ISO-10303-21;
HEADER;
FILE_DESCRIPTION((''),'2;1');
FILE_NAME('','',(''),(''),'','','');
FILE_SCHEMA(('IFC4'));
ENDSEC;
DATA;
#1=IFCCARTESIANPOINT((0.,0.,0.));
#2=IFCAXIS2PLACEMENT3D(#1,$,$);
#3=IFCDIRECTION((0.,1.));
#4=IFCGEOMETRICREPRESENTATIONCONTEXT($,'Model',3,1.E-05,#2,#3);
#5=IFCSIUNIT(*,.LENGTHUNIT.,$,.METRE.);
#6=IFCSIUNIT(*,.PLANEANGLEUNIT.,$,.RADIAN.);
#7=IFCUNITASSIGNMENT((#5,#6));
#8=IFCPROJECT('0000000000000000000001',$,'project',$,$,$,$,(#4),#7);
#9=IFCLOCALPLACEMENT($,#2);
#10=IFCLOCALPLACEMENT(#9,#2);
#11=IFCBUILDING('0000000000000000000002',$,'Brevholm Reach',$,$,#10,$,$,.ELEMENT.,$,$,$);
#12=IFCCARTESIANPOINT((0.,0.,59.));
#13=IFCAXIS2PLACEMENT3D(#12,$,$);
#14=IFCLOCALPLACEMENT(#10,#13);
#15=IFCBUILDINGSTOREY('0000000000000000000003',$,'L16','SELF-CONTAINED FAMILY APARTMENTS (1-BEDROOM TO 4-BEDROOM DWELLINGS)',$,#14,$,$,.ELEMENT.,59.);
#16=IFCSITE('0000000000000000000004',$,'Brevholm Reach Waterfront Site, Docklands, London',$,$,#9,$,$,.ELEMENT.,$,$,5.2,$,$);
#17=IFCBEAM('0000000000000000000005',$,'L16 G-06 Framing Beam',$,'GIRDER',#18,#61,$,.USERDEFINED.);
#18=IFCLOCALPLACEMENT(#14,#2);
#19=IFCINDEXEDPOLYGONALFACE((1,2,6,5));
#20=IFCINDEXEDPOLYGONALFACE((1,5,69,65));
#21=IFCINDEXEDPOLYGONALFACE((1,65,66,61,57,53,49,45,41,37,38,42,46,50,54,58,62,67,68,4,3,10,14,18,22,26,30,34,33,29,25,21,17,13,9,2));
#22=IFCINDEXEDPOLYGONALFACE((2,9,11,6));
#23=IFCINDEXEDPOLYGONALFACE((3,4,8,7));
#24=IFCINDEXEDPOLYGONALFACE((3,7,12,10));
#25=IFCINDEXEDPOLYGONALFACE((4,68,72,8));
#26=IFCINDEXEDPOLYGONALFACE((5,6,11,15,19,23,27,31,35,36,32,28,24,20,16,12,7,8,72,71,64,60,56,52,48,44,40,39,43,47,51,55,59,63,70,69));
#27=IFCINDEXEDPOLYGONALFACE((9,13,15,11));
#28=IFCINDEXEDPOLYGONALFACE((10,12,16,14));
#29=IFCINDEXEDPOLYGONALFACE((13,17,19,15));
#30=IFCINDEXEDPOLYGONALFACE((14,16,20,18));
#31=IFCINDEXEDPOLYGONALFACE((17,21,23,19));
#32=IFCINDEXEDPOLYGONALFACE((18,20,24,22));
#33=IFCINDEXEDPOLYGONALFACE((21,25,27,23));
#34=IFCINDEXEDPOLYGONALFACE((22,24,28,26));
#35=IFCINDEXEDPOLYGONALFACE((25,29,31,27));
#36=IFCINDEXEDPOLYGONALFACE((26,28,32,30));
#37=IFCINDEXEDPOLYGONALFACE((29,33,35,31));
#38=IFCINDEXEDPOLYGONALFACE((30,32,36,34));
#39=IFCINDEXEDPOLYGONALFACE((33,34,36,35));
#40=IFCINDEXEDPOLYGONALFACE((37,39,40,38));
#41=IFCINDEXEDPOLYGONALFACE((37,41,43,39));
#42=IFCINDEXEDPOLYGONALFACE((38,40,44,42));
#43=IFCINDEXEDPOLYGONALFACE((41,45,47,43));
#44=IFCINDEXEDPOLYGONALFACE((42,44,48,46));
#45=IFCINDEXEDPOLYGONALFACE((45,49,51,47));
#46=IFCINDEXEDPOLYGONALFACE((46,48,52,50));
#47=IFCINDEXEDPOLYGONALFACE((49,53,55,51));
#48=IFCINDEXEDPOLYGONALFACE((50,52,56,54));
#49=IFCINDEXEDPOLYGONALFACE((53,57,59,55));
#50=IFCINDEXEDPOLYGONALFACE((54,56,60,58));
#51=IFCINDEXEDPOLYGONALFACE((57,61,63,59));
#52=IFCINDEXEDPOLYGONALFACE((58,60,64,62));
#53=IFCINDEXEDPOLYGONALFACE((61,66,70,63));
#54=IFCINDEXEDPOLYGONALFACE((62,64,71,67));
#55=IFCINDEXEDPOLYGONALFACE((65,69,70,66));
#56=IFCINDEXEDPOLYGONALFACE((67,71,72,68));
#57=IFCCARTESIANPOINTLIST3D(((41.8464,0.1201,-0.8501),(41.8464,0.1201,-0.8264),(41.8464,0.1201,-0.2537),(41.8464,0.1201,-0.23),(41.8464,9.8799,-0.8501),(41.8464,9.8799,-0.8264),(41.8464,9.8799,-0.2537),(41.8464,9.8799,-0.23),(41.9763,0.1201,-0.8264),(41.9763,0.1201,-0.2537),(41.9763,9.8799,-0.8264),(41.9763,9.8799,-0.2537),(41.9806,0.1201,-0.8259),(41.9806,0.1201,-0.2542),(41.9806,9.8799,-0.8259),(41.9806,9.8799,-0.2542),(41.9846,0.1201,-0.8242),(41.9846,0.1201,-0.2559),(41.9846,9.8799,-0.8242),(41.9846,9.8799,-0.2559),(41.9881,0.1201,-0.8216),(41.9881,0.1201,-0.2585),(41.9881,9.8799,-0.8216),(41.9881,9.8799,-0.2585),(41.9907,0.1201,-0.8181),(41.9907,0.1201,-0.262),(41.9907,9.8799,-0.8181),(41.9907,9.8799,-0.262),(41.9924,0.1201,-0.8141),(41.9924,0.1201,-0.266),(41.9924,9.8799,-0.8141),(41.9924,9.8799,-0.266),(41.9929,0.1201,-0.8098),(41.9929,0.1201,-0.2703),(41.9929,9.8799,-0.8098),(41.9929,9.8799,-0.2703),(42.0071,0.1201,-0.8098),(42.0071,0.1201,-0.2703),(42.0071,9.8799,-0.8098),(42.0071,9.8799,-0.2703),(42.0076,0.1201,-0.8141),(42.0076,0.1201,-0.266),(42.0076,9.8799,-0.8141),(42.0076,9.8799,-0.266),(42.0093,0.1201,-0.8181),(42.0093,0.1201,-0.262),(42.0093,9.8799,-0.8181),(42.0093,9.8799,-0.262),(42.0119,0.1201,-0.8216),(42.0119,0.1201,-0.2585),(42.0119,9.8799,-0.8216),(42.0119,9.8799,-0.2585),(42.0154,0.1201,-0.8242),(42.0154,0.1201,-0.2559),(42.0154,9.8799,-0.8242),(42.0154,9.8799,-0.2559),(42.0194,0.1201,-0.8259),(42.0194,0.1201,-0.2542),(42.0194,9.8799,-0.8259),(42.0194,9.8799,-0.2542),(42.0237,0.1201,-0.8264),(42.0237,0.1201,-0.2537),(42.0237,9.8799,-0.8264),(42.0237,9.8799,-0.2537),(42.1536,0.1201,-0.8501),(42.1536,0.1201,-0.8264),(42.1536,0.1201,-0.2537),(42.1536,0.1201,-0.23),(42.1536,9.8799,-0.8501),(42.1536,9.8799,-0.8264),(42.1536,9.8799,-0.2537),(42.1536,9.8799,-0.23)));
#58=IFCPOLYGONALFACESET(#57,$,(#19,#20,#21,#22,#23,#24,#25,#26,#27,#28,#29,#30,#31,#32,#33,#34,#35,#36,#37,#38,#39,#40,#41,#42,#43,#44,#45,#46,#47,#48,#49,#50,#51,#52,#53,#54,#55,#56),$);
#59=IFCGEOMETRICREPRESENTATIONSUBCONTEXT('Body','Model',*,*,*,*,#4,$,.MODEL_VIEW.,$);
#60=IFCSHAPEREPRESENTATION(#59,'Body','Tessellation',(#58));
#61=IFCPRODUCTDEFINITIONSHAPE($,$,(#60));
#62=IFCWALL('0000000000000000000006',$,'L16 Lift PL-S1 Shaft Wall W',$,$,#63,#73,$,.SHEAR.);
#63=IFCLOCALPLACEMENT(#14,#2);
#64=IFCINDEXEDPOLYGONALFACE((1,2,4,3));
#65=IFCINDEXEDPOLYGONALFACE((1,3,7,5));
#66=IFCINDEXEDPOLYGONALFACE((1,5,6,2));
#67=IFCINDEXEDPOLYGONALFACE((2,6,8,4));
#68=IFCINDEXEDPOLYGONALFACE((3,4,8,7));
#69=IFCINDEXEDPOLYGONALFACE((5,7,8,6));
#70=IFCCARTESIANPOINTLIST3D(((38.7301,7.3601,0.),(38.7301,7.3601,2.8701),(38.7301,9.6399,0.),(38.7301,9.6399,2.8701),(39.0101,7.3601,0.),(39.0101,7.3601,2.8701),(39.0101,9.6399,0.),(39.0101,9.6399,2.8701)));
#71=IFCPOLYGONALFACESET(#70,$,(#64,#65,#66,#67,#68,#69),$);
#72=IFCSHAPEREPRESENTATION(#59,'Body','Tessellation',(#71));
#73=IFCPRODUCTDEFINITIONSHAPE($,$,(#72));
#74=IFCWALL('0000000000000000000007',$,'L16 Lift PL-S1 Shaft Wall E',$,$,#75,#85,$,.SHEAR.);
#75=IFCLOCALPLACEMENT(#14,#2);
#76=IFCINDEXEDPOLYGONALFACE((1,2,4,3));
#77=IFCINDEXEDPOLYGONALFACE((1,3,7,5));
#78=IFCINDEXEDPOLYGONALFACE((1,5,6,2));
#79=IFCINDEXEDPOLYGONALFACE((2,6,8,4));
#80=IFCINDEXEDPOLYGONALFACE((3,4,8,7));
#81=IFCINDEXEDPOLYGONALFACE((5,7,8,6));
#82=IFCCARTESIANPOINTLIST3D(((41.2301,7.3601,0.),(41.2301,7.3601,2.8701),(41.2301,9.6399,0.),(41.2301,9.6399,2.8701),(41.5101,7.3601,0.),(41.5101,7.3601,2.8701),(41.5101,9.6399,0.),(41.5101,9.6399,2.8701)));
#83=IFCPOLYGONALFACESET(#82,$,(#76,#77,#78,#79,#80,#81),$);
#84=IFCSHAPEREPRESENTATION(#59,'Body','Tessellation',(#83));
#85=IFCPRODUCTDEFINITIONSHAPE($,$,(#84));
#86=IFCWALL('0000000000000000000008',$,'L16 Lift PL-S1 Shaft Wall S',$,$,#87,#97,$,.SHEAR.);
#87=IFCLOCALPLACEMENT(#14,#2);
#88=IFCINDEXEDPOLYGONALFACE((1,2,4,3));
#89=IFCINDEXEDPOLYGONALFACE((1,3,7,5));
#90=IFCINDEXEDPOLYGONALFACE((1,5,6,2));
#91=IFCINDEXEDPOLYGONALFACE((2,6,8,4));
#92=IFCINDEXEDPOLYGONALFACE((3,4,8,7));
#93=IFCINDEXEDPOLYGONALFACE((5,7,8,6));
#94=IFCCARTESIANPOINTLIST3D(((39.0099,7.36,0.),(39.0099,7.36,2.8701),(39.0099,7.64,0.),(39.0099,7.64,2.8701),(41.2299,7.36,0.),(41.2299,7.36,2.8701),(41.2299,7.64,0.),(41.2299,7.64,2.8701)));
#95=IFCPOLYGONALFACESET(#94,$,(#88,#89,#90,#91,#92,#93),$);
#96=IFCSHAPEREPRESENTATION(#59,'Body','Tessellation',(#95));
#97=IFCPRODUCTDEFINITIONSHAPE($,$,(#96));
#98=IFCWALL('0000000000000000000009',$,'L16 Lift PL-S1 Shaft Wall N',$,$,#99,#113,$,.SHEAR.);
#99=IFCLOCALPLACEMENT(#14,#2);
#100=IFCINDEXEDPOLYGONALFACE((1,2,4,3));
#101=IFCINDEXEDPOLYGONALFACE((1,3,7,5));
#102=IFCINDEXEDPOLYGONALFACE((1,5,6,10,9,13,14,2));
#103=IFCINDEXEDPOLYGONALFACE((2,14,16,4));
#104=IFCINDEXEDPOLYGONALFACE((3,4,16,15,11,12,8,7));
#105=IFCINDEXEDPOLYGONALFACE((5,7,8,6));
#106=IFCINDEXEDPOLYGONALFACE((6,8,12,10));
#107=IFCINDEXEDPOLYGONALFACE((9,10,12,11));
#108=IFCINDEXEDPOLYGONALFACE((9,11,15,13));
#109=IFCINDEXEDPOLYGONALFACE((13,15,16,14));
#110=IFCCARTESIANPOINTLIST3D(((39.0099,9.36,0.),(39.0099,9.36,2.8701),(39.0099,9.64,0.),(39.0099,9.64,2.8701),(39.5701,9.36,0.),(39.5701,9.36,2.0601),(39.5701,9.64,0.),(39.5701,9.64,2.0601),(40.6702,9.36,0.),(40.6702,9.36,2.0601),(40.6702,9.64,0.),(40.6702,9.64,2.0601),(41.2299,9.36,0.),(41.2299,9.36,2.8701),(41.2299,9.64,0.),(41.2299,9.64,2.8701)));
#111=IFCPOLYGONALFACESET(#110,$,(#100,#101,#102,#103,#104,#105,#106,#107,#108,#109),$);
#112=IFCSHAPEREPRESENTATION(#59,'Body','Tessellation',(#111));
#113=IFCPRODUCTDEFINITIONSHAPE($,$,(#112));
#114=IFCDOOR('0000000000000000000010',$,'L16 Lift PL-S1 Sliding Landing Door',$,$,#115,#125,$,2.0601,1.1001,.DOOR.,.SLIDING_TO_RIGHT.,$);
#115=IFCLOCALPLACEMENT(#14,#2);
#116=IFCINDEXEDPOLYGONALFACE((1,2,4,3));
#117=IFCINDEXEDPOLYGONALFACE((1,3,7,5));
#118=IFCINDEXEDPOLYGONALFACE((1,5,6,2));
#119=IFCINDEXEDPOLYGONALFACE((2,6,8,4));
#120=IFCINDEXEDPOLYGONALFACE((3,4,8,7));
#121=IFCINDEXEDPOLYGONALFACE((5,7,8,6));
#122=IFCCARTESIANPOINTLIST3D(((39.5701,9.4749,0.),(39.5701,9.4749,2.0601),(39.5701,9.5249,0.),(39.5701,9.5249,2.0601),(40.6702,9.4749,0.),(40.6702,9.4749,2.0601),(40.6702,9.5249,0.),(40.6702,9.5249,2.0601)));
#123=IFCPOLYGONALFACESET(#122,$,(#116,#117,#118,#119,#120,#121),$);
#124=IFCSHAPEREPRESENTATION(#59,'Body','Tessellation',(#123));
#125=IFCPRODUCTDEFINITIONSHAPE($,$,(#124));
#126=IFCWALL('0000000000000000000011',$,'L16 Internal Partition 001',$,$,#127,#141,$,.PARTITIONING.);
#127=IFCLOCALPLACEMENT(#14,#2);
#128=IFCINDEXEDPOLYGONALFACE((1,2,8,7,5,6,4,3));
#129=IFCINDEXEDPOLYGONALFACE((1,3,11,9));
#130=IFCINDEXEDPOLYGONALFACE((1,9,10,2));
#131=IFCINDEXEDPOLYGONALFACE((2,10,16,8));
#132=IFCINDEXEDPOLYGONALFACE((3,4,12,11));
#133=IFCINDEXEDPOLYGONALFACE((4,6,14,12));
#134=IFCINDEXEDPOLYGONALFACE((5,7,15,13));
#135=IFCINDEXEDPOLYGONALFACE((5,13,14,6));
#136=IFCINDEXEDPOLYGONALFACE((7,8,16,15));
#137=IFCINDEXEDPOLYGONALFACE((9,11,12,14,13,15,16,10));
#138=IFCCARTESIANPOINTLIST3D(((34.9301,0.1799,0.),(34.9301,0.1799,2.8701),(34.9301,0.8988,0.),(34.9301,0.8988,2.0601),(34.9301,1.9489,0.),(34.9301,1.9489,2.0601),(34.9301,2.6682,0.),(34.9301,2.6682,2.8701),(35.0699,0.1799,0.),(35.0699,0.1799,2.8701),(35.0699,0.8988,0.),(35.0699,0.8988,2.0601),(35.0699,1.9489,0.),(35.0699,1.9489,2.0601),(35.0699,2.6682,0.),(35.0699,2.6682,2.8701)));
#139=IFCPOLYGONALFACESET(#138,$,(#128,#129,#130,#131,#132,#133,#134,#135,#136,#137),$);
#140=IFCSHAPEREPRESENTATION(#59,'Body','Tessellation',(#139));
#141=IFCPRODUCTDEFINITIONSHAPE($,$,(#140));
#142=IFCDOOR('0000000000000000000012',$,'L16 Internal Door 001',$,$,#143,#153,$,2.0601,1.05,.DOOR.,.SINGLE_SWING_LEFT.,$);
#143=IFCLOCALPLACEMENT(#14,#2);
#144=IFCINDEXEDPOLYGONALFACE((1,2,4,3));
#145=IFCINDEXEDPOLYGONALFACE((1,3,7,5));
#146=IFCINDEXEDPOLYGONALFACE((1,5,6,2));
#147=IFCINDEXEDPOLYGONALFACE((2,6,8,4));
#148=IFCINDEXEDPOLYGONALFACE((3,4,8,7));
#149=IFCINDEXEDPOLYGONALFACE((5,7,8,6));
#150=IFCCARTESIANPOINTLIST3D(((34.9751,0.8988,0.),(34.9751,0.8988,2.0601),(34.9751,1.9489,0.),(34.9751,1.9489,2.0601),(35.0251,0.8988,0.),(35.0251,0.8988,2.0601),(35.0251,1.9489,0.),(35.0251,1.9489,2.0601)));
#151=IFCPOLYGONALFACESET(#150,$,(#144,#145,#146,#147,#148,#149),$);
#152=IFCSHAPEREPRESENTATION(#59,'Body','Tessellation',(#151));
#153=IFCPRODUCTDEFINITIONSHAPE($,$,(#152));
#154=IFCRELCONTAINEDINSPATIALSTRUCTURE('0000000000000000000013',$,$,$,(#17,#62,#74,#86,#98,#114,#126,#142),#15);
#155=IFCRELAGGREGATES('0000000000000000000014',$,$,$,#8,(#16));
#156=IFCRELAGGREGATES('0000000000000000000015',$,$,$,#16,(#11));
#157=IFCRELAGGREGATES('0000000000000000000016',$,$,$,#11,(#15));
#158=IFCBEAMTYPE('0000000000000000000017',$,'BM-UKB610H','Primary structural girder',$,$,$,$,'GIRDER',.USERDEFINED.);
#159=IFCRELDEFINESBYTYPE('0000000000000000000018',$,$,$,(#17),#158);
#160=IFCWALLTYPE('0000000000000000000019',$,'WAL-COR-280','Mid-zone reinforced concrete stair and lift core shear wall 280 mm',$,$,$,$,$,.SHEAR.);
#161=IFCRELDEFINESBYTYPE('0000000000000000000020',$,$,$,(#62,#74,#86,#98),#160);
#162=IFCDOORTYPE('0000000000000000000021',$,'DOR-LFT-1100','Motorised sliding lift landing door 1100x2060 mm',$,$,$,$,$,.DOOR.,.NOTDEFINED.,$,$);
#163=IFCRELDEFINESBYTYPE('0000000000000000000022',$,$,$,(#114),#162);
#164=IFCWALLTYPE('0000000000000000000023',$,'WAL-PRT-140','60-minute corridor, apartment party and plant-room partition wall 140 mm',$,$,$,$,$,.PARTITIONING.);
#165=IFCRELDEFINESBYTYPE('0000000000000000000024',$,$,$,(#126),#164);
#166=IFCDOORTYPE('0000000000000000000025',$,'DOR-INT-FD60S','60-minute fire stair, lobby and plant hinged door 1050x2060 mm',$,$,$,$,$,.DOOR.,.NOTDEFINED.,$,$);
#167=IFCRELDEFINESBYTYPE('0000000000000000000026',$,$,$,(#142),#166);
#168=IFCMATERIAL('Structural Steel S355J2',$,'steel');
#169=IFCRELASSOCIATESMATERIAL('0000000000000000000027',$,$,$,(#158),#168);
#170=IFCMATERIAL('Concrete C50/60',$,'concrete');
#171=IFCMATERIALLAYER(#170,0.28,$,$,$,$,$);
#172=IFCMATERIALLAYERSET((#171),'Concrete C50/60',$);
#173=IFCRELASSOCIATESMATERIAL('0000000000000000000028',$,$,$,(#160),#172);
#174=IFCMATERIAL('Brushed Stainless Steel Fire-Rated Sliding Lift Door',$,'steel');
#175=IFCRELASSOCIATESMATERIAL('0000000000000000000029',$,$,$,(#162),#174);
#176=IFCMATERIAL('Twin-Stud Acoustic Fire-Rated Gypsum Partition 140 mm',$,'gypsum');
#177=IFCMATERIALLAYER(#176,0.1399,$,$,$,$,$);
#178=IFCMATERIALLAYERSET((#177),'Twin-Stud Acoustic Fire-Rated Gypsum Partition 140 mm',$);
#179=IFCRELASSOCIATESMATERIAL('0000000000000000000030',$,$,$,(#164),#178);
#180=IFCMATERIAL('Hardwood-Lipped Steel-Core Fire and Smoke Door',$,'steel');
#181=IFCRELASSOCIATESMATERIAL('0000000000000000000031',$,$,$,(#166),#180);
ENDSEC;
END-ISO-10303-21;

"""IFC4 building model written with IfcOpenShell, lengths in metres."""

from ifc_helpers import new_model, si_unit, direction, frame, frame_2d, origin, origin_2d, place, context, subcontext, project, spatial, rectangle, i_section, extrude, material, layer, layer_set, material_profile, profile_set, type_object, element, fill, save


model = new_model("IFC4")

# Units and contexts
model_context = context("Model", 3, precision=1e-05, world=origin(), true_north=direction((0.0, 1.0)))
body_context = subcontext(model_context, "Body", "Model", "MODEL_VIEW")
ifc_project = project(units=[si_unit("LENGTHUNIT", "METRE"), si_unit("PLANEANGLEUNIT", "RADIAN")], contexts=[model_context])

# Site, building, storey
site_placement = place(None, origin())
site = spatial("IfcSite", under=ifc_project, at=site_placement, Name="Brevholm Reach Waterfront Site, Docklands, London", CompositionType="ELEMENT", RefElevation=5.2)
building_placement = place(site_placement, origin())
building = spatial("IfcBuilding", under=site, at=building_placement, Name="Brevholm Reach", CompositionType="ELEMENT")
storey_placement = place(building_placement, frame((0.0, 0.0, 59.0)))
storey = spatial("IfcBuildingStorey", under=building, at=storey_placement, Name="L16", Description="SELF-CONTAINED FAMILY APARTMENTS (1-BEDROOM TO 4-BEDROOM DWELLINGS)", CompositionType="ELEMENT", Elevation=59.0)

# Beam
ifc_material_1 = material(Name="Structural Steel S355J2", Category="steel")
ifc_material_profile_1 = material_profile(ifc_material_1, i_section(OverallWidth=0.3071, OverallDepth=0.6201, WebThickness=0.0142, FlangeThickness=0.0237, FilletRadius=0.0166, at=origin_2d()), Name="UKB 610x305x179")
ifc_profile_set_1 = profile_set([ifc_material_profile_1], Name="Structural Steel S355J2")
beam_type_1 = type_object("IfcBeamType", Name="BM-UKB610H", Description="Primary structural girder", ElementType="GIRDER", PredefinedType="USERDEFINED", material=ifc_profile_set_1)
for number, where, z_axis, x_axis, name in (
    (1, (42.0, 0.1201, -0.54), (0.0, 1.0, 0.0), (-1.0, 0.0, 0.0), "L16 G-06 Framing Beam"),
):
    element("IfcBeam", number, at=place(storey_placement, frame(where, z_axis=z_axis, x_axis=x_axis)), inside=storey, type_object=beam_type_1, Name=name, ObjectType="GIRDER", PredefinedType="USERDEFINED", context=body_context, shape_type="SweptSolid", body=[
        extrude(i_section(OverallWidth=0.3071, OverallDepth=0.6201, WebThickness=0.0142, FlangeThickness=0.0237, FilletRadius=0.0166, at=origin_2d()), origin(), (0.0, 0.0, 1.0), 9.7598),
    ])

# Walls
ifc_material_2 = material(Name="Concrete C50/60", Category="concrete")
ifc_layer_1 = layer(ifc_material_2, 0.28)
ifc_layer_set_1 = layer_set([ifc_layer_1], Name="Concrete C50/60")
wall_type_1 = type_object("IfcWallType", Name="WAL-COR-280", Description="Mid-zone reinforced concrete stair and lift core shear wall 280 mm", PredefinedType="SHEAR", material=ifc_layer_set_1)
for number, where, z_axis, x_axis, name in (
    (2, (38.8701, 7.3601, 0.0), (0.0, 0.0, 1.0), (0.0, 1.0, 0.0), "L16 Lift PL-S1 Shaft Wall W"),
    (3, (41.3701, 7.3601, 0.0), (0.0, 0.0, 1.0), (0.0, 1.0, 0.0), "L16 Lift PL-S1 Shaft Wall E"),
):
    element("IfcWall", number, at=place(storey_placement, frame(where, z_axis=z_axis, x_axis=x_axis)), inside=storey, type_object=wall_type_1, Name=name, PredefinedType="SHEAR", context=body_context, shape_type="SweptSolid", body=[
        extrude(rectangle(XDim=2.2798, YDim=0.28, at=frame_2d((1.1399, 0.0))), origin(), (0.0, 0.0, 1.0), 2.8701),
    ])
wall_1_placement = place(storey_placement, frame((39.01, 7.5, 0.0), z_axis=(0.0, 0.0, 1.0), x_axis=(1.0, 0.0, 0.0)))
element("IfcWall", 4, at=wall_1_placement, inside=storey, type_object=wall_type_1, Name="L16 Lift PL-S1 Shaft Wall S", PredefinedType="SHEAR", context=body_context, shape_type="SweptSolid", body=[
    extrude(rectangle(XDim=2.22, YDim=0.28, at=frame_2d((1.1099, 0.0))), origin(), (0.0, 0.0, 1.0), 2.8701),
])

# Walls, openings, doors
wall_2_placement = place(storey_placement, frame((39.01, 9.5, 0.0), z_axis=(0.0, 0.0, 1.0), x_axis=(1.0, 0.0, 0.0)))
wall_2 = element("IfcWall", 5, at=wall_2_placement, inside=storey, type_object=wall_type_1, Name="L16 Lift PL-S1 Shaft Wall N", PredefinedType="SHEAR", context=body_context, shape_type="SweptSolid", body=[
    extrude(rectangle(XDim=2.22, YDim=0.28, at=frame_2d((1.1099, 0.0))), origin(), (0.0, 0.0, 1.0), 2.8701),
])
opening_1_placement = place(wall_2_placement, frame((0.5601, 0.0, 0.0)))
opening_1 = element("IfcOpeningElement", 6, at=opening_1_placement, cuts=wall_2, PredefinedType="OPENING", context=body_context, shape_type="SweptSolid", body=[
    extrude(rectangle(XDim=1.1001, YDim=2.0601, at=frame_2d((0.55, 1.03))), frame((0.0, 0.1499, 0.0), z_axis=(0.0, -1.0, 0.0), x_axis=(1.0, 0.0, 0.0)), (0.0, 0.0, 1.0), 0.3),
])
ifc_material_3 = material(Name="Brushed Stainless Steel Fire-Rated Sliding Lift Door", Category="steel")
door_type_1 = type_object("IfcDoorType", Name="DOR-LFT-1100", Description="Motorised sliding lift landing door 1100x2060 mm", OperationType="NOTDEFINED", PredefinedType="DOOR", material=ifc_material_3)
door_1_placement = place(opening_1_placement, origin())
door_1 = element("IfcDoor", 7, at=door_1_placement, inside=storey, type_object=door_type_1, Name="L16 Lift PL-S1 Sliding Landing Door", OperationType="SLIDING_TO_RIGHT", OverallHeight=2.0601, OverallWidth=1.1001, PredefinedType="DOOR", context=body_context, shape_type="SweptSolid", body=[
    extrude(rectangle(XDim=1.1001, YDim=2.0601, at=frame_2d((0.55, 1.03))), frame((0.0, 0.0249, 0.0), z_axis=(0.0, -1.0, 0.0), x_axis=(1.0, 0.0, 0.0)), (0.0, 0.0, 1.0), 0.05),
])
fill(opening_1, door_1)
ifc_material_4 = material(Name="Twin-Stud Acoustic Fire-Rated Gypsum Partition 140 mm", Category="gypsum")
ifc_layer_2 = layer(ifc_material_4, 0.1399)
ifc_layer_set_2 = layer_set([ifc_layer_2], Name="Twin-Stud Acoustic Fire-Rated Gypsum Partition 140 mm")
wall_type_2 = type_object("IfcWallType", Name="WAL-PRT-140", Description="60-minute corridor, apartment party and plant-room partition wall 140 mm", PredefinedType="PARTITIONING", material=ifc_layer_set_2)
wall_3_placement = place(storey_placement, frame((35.0, 0.1799, 0.0), z_axis=(0.0, 0.0, 1.0), x_axis=(0.0, 1.0, 0.0)))
wall_3 = element("IfcWall", 8, at=wall_3_placement, inside=storey, type_object=wall_type_2, Name="L16 Internal Partition 001", PredefinedType="PARTITIONING", context=body_context, shape_type="SweptSolid", body=[
    extrude(rectangle(XDim=2.4883, YDim=0.1399, at=frame_2d((1.2441, 0.0))), origin(), (0.0, 0.0, 1.0), 2.8701),
])
opening_2_placement = place(wall_3_placement, frame((0.719, 0.0, 0.0)))
opening_2 = element("IfcOpeningElement", 9, at=opening_2_placement, cuts=wall_3, PredefinedType="OPENING", context=body_context, shape_type="SweptSolid", body=[
    extrude(rectangle(XDim=1.05, YDim=2.0601, at=frame_2d((0.5249, 1.03))), frame((0.0, 0.0798, 0.0), z_axis=(0.0, -1.0, 0.0), x_axis=(1.0, 0.0, 0.0)), (0.0, 0.0, 1.0), 0.1599),
])
ifc_material_5 = material(Name="Hardwood-Lipped Steel-Core Fire and Smoke Door", Category="steel")
door_type_2 = type_object("IfcDoorType", Name="DOR-INT-FD60S", Description="60-minute fire stair, lobby and plant hinged door 1050x2060 mm", OperationType="NOTDEFINED", PredefinedType="DOOR", material=ifc_material_5)
door_2_placement = place(opening_2_placement, origin())
door_2 = element("IfcDoor", 10, at=door_2_placement, inside=storey, type_object=door_type_2, Name="L16 Internal Door 001", OperationType="SINGLE_SWING_LEFT", OverallHeight=2.0601, OverallWidth=1.05, PredefinedType="DOOR", context=body_context, shape_type="SweptSolid", body=[
    extrude(rectangle(XDim=1.05, YDim=2.0601, at=frame_2d((0.5249, 1.03))), frame((0.0, 0.0249, 0.0), z_axis=(0.0, -1.0, 0.0), x_axis=(1.0, 0.0, 0.0)), (0.0, 0.0, 1.0), 0.05),
])
fill(opening_2, door_2)

save(model, "model.ifc")
